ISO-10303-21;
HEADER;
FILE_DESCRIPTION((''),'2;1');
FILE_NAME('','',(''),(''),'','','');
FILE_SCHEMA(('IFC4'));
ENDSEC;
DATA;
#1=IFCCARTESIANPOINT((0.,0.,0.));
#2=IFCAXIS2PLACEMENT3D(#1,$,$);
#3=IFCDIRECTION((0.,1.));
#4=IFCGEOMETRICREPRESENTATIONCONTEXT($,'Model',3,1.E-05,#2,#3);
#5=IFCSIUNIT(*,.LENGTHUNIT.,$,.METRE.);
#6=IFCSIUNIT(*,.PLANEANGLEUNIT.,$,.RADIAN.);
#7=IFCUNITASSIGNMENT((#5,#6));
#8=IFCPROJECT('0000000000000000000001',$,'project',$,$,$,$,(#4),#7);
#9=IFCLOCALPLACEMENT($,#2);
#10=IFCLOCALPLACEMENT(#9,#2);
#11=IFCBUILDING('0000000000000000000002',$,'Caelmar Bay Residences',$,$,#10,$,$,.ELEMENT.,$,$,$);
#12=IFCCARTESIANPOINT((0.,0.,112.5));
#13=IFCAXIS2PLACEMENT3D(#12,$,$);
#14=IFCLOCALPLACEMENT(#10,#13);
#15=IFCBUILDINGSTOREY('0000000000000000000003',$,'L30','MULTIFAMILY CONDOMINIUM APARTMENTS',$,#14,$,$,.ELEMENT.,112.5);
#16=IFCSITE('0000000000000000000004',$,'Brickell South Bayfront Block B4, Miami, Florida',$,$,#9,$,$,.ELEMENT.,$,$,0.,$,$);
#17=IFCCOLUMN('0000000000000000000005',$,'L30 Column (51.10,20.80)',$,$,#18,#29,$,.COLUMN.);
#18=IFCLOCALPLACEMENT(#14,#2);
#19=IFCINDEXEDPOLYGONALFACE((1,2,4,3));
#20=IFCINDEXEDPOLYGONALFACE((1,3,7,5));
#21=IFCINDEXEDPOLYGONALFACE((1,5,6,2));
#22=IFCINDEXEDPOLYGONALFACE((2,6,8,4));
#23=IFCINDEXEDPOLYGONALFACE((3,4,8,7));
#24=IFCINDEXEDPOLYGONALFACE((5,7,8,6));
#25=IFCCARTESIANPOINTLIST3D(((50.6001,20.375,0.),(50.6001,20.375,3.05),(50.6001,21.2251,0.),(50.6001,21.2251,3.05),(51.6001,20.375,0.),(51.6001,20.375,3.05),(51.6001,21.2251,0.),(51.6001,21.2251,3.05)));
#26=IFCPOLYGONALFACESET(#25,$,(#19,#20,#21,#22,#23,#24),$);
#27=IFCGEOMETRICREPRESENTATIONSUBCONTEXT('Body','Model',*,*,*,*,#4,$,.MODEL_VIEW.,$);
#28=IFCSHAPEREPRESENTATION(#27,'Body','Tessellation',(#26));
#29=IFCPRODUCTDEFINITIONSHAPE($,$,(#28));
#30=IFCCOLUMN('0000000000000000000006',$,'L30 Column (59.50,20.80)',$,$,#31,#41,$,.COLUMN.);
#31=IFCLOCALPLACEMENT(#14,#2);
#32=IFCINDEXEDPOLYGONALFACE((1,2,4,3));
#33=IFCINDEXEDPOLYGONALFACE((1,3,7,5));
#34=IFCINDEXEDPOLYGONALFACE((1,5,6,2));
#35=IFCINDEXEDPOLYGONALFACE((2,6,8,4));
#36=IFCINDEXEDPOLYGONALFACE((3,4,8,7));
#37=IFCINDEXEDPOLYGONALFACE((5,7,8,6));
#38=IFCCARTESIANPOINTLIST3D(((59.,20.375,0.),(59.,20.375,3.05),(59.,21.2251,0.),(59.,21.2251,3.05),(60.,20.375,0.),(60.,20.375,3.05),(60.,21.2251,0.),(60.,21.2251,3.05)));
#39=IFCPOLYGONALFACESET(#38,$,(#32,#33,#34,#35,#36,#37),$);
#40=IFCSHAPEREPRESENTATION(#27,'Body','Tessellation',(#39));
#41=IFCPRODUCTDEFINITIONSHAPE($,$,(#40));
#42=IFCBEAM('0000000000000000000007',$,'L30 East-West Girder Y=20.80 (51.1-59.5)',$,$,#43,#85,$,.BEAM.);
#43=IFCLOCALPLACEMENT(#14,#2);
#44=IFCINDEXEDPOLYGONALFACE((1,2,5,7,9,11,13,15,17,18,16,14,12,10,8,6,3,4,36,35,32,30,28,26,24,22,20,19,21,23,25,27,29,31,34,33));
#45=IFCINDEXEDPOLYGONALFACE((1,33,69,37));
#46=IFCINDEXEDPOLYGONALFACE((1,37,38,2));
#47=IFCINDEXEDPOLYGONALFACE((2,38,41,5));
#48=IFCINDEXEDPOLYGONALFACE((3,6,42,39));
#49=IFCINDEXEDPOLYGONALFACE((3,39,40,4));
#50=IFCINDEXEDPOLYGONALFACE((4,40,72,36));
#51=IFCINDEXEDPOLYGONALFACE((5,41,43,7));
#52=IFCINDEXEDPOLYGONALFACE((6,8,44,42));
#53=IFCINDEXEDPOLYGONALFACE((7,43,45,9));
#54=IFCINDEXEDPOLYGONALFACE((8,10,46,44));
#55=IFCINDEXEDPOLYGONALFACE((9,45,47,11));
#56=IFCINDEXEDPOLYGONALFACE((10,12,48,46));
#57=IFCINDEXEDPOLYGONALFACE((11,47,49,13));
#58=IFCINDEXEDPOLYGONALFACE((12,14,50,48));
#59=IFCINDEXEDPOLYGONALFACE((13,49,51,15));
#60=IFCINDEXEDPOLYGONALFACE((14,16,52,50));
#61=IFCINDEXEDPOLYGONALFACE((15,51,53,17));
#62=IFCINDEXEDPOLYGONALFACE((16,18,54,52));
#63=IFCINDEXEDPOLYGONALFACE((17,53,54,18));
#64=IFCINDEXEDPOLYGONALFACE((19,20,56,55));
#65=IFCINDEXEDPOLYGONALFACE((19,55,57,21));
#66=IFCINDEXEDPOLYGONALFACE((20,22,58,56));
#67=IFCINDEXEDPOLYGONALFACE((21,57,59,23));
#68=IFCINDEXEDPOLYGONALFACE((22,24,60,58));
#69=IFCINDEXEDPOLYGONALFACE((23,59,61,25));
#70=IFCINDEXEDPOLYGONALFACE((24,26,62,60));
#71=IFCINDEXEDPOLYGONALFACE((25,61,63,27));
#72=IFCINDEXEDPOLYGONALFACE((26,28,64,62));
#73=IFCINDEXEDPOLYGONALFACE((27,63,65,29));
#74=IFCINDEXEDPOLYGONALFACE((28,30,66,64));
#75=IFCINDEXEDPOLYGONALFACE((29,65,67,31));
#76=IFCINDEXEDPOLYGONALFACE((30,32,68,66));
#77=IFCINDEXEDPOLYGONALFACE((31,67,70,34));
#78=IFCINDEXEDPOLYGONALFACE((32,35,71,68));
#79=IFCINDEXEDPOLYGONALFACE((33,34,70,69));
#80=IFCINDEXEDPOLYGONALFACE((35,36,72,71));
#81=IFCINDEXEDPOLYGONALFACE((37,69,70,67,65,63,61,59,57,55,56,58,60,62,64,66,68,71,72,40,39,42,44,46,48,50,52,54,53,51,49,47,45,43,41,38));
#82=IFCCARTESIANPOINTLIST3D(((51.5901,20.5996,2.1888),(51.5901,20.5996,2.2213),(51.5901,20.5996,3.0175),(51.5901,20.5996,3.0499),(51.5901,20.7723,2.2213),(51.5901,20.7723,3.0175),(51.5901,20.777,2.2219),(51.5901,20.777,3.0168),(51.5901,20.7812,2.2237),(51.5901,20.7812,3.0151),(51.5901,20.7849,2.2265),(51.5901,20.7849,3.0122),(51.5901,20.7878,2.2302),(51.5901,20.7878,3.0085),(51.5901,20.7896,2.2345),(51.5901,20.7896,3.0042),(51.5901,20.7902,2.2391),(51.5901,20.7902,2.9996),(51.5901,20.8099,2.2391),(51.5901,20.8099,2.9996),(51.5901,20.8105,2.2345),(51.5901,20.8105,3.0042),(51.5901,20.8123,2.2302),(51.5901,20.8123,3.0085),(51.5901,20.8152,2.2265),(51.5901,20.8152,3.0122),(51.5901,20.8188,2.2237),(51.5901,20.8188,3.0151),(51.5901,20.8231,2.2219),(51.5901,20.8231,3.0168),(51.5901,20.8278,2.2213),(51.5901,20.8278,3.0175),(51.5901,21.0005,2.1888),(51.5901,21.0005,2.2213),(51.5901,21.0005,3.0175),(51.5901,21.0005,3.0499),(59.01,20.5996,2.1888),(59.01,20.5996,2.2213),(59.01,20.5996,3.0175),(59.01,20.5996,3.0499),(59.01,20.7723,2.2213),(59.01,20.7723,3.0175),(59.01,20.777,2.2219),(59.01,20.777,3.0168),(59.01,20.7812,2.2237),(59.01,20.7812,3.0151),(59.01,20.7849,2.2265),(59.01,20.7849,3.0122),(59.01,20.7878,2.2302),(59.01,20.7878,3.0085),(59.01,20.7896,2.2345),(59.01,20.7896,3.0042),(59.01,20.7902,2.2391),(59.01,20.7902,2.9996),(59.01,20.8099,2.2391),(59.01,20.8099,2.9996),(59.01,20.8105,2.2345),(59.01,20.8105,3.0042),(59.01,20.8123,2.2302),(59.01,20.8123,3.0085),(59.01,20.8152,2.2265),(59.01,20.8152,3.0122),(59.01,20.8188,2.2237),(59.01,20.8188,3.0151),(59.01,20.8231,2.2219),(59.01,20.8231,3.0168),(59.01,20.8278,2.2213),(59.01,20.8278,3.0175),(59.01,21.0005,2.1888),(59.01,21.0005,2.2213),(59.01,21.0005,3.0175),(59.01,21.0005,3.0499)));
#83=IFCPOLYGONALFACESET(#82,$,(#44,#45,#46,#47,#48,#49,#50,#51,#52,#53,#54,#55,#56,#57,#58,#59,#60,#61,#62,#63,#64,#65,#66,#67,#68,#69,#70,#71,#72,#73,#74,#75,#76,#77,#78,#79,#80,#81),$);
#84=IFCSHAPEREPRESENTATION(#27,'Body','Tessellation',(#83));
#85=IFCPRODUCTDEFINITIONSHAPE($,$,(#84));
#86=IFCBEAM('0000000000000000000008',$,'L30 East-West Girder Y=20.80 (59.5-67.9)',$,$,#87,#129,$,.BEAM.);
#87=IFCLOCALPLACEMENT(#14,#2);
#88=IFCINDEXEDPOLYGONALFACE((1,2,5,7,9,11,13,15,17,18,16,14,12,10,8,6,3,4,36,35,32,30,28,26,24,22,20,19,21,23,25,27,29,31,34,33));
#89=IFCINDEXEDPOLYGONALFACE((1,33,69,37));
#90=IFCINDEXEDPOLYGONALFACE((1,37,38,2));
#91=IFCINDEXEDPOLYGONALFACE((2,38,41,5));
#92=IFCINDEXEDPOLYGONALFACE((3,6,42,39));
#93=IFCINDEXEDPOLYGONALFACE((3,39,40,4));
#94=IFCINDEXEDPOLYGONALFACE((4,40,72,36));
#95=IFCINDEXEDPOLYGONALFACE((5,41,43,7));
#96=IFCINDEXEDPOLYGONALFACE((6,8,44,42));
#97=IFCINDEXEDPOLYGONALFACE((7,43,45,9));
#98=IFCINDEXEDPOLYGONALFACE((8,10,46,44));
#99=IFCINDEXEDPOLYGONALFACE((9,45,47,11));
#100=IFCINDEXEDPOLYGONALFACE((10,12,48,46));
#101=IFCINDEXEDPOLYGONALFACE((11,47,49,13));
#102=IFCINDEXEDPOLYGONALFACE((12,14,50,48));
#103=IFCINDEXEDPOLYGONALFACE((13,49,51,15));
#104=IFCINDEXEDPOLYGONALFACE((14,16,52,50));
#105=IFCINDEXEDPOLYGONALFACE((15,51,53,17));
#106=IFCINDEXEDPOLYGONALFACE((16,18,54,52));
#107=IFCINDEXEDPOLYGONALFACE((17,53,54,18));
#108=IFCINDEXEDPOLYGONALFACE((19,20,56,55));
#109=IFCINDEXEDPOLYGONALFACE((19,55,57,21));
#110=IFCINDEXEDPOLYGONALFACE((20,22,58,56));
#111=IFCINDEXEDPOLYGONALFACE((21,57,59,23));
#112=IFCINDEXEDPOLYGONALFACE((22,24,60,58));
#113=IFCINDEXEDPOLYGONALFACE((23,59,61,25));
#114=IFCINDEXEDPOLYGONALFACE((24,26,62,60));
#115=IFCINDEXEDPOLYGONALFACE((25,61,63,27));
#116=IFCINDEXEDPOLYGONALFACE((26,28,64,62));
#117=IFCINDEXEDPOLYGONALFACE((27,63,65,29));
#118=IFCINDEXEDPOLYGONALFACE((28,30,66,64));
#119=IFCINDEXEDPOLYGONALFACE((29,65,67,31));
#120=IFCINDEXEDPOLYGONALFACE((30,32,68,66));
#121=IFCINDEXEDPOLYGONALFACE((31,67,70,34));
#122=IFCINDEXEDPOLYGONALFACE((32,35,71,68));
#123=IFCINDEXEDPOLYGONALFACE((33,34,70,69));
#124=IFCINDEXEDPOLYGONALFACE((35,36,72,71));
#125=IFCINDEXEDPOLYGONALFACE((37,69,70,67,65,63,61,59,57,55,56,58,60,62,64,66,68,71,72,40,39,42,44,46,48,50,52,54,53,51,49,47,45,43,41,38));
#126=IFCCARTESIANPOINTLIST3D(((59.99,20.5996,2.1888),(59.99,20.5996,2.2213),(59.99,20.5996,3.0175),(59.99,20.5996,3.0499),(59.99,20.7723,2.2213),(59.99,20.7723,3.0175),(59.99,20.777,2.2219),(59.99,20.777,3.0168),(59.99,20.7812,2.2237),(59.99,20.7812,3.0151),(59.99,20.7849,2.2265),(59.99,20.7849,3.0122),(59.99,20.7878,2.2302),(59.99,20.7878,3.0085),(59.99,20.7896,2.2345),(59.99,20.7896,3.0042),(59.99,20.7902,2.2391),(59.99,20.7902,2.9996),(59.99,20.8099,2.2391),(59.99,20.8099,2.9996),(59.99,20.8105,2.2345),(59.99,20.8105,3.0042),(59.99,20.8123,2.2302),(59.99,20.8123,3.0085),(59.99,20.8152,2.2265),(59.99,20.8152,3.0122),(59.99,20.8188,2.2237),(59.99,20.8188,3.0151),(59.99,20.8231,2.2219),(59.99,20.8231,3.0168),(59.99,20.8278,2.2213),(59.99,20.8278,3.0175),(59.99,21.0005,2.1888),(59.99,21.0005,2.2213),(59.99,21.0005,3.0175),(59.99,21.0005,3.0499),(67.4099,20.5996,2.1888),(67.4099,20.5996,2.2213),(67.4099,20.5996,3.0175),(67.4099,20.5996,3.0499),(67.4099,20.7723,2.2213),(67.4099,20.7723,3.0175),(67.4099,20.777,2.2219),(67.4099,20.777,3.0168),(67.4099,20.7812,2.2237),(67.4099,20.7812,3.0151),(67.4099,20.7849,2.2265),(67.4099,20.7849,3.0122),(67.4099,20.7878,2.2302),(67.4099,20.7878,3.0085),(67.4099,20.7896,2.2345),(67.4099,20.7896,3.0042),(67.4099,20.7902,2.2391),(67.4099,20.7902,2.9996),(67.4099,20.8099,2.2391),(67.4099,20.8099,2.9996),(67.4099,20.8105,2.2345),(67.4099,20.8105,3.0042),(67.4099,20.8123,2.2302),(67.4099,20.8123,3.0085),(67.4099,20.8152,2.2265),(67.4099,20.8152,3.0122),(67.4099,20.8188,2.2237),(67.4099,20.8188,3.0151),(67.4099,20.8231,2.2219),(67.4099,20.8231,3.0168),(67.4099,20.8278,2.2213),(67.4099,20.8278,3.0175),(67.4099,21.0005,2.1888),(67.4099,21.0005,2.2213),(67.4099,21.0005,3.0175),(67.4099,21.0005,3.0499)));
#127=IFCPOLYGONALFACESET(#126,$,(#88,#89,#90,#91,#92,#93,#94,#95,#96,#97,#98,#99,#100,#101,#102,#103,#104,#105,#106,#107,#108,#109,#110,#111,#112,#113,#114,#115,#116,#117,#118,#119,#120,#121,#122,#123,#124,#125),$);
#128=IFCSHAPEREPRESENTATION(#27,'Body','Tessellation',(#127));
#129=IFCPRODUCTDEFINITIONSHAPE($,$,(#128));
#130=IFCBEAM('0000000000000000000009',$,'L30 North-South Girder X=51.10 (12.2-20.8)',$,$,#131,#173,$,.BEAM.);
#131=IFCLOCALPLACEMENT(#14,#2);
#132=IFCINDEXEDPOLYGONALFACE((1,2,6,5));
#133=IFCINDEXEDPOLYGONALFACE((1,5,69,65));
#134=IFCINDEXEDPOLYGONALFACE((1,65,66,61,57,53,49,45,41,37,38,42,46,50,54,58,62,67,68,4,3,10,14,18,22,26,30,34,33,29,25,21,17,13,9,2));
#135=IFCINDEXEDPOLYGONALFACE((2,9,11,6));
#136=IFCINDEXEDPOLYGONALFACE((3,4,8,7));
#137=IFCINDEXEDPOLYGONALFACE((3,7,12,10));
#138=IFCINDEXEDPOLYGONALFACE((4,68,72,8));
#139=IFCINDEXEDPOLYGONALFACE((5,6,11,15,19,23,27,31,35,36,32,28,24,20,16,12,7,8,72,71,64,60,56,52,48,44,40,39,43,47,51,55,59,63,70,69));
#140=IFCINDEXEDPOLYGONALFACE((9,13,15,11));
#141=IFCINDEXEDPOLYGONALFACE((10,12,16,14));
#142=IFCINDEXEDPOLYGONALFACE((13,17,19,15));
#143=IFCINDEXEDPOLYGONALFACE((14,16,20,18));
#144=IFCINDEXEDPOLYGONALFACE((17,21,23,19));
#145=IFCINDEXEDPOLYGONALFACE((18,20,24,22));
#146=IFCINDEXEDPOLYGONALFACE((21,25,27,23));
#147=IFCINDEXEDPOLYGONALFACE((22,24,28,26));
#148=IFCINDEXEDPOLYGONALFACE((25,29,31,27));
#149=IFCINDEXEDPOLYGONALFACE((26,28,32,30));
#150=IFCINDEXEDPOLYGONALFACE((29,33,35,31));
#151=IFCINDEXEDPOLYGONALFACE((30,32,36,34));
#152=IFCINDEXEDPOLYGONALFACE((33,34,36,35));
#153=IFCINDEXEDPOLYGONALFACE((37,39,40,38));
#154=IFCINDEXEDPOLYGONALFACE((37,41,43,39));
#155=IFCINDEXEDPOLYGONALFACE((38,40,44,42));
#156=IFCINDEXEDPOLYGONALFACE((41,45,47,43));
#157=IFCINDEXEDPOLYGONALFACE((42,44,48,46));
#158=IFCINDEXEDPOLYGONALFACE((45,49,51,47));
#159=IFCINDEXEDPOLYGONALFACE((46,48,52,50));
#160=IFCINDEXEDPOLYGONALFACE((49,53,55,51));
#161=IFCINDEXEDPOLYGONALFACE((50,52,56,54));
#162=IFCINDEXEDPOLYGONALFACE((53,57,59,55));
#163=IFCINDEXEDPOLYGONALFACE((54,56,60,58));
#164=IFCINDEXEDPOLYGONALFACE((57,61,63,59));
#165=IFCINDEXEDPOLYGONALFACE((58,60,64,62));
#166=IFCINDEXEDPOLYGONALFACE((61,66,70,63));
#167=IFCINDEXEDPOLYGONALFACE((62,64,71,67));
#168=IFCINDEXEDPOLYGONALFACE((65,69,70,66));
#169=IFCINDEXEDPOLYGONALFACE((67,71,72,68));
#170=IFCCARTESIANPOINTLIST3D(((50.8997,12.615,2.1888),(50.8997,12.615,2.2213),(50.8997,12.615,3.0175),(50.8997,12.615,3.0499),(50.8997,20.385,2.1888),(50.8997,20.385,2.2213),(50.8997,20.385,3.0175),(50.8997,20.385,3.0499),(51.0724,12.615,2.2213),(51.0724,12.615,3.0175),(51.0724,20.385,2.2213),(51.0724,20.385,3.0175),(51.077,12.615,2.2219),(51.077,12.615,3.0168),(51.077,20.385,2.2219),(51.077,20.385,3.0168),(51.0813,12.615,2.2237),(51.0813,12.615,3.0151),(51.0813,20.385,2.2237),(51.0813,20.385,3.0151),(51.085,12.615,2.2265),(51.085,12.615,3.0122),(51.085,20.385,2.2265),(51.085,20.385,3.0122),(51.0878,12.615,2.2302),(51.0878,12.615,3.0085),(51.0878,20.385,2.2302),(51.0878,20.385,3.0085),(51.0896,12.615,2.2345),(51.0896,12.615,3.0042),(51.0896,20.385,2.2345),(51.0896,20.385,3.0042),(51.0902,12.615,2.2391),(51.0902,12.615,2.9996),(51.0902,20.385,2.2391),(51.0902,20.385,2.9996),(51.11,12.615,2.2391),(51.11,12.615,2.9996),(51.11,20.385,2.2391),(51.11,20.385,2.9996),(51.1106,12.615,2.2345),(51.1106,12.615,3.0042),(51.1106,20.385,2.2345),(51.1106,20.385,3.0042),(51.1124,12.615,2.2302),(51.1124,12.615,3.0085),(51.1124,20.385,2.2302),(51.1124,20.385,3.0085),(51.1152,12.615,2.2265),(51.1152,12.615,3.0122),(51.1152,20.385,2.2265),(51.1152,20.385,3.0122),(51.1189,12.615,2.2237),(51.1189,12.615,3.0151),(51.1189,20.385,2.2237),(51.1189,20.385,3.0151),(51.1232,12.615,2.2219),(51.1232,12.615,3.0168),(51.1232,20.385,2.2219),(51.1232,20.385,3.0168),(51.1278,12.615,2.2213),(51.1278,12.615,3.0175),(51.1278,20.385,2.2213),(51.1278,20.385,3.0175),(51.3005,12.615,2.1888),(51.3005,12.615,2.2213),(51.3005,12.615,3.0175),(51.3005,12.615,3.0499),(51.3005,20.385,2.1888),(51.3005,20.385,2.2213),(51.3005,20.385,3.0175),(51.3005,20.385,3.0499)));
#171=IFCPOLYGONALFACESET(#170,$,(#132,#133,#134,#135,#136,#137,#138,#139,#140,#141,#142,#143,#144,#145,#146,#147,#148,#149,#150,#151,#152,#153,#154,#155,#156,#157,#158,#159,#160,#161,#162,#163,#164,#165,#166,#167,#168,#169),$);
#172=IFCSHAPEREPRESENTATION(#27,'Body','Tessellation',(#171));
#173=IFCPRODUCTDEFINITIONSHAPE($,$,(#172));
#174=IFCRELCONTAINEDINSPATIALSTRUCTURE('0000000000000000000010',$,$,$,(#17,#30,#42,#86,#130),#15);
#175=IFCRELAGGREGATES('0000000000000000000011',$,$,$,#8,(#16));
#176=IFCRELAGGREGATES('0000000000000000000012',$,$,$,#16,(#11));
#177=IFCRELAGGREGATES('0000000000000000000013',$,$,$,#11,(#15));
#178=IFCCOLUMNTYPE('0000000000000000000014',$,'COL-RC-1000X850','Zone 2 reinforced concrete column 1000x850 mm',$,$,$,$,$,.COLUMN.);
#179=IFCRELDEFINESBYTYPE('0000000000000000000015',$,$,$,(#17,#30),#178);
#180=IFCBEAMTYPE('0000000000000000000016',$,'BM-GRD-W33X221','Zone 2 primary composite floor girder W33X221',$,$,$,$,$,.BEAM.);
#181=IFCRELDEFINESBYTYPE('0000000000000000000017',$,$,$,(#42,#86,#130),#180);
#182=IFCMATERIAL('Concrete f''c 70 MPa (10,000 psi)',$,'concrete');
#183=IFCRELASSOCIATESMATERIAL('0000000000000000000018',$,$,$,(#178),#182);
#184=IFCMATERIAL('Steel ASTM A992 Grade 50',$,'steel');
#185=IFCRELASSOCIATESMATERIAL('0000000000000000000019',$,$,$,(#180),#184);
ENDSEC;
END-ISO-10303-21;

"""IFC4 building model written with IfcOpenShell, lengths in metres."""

from ifc_helpers import new_model, si_unit, direction, frame, origin, origin_2d, place, context, subcontext, project, spatial, rectangle, i_section, extrude, material, material_profile, profile_set, type_object, element, save


model = new_model("IFC4")

# Units and contexts
model_context = context("Model", 3, precision=1e-05, world=origin(), true_north=direction((0.0, 1.0)))
body_context = subcontext(model_context, "Body", "Model", "MODEL_VIEW")
ifc_project = project(units=[si_unit("LENGTHUNIT", "METRE"), si_unit("PLANEANGLEUNIT", "RADIAN")], contexts=[model_context])

# Site, building, storey
site_placement = place(None, origin())
site = spatial("IfcSite", under=ifc_project, at=site_placement, Name="Brickell South Bayfront Block B4, Miami, Florida", CompositionType="ELEMENT", RefElevation=0.0)
building_placement = place(site_placement, origin())
building = spatial("IfcBuilding", under=site, at=building_placement, Name="Caelmar Bay Residences", CompositionType="ELEMENT")
storey_placement = place(building_placement, frame((0.0, 0.0, 112.5)))
storey = spatial("IfcBuildingStorey", under=building, at=storey_placement, Name="L30", Description="MULTIFAMILY CONDOMINIUM APARTMENTS", CompositionType="ELEMENT", Elevation=112.5)

# Columns
ifc_material_1 = material(Name="Concrete f'c 70 MPa (10,000 psi)", Category="concrete")
ifc_material_profile_1 = material_profile(ifc_material_1, rectangle(XDim=1.0, YDim=0.8501, at=origin_2d()), Name="RC-COL-1000X850")
ifc_profile_set_1 = profile_set([ifc_material_profile_1], Name="Concrete f'c 70 MPa (10,000 psi)")
column_type = type_object("IfcColumnType", Name="COL-RC-1000X850", Description="Zone 2 reinforced concrete column 1000x850 mm", PredefinedType="COLUMN", material=ifc_profile_set_1)
for number, where, z_axis, x_axis, name in (
    (1, (51.1001, 20.8, 0.0), (0.0, 0.0, 1.0), (1.0, 0.0, 0.0), "L30 Column (51.10,20.80)"),
    (2, (59.5, 20.8, 0.0), (0.0, 0.0, 1.0), (1.0, 0.0, 0.0), "L30 Column (59.50,20.80)"),
):
    element("IfcColumn", number, at=place(storey_placement, frame(where, z_axis=z_axis, x_axis=x_axis)), inside=storey, type_object=column_type, Name=name, PredefinedType="COLUMN", context=body_context, shape_type="SweptSolid", body=[
        extrude(rectangle(XDim=1.0, YDim=0.8501, at=origin_2d()), origin(), (0.0, 0.0, 1.0), 3.05),
    ])

# Beams
ifc_material_2 = material(Name="Steel ASTM A992 Grade 50", Category="steel")
ifc_material_profile_2 = material_profile(ifc_material_2, i_section(OverallWidth=0.4009, OverallDepth=0.8611, WebThickness=0.0198, FlangeThickness=0.0325, FilletRadius=0.0178, at=origin_2d()), Name="W33X221")
ifc_profile_set_2 = profile_set([ifc_material_profile_2], Name="Steel ASTM A992 Grade 50")
beam_type_1 = type_object("IfcBeamType", Name="BM-GRD-W33X221", Description="Zone 2 primary composite floor girder W33X221", PredefinedType="BEAM", material=ifc_profile_set_2)
for number, where, z_axis, x_axis, name in (
    (3, (51.5901, 20.8, 2.6194), (1.0, 0.0, 0.0), (0.0, 1.0, 0.0), "L30 East-West Girder Y=20.80 (51.1-59.5)"),
    (4, (59.99, 20.8, 2.6194), (1.0, 0.0, 0.0), (0.0, 1.0, 0.0), "L30 East-West Girder Y=20.80 (59.5-67.9)"),
):
    element("IfcBeam", number, at=place(storey_placement, frame(where, z_axis=z_axis, x_axis=x_axis)), inside=storey, type_object=beam_type_1, Name=name, PredefinedType="BEAM", context=body_context, shape_type="SweptSolid", body=[
        extrude(i_section(OverallWidth=0.4009, OverallDepth=0.8611, WebThickness=0.0198, FlangeThickness=0.0325, FilletRadius=0.0178, at=origin_2d()), origin(), (0.0, 0.0, 1.0), 7.4199),
    ])
for number, where, z_axis, x_axis, name in (
    (5, (51.1001, 12.615, 2.6194), (0.0, 1.0, 0.0), (-1.0, 0.0, 0.0), "L30 North-South Girder X=51.10 (12.2-20.8)"),
):
    element("IfcBeam", number, at=place(storey_placement, frame(where, z_axis=z_axis, x_axis=x_axis)), inside=storey, type_object=beam_type_1, Name=name, PredefinedType="BEAM", context=body_context, shape_type="SweptSolid", body=[
        extrude(i_section(OverallWidth=0.4009, OverallDepth=0.8611, WebThickness=0.0198, FlangeThickness=0.0325, FilletRadius=0.0178, at=origin_2d()), origin(), (0.0, 0.0, 1.0), 7.77),
    ])

save(model, "model.ifc")
